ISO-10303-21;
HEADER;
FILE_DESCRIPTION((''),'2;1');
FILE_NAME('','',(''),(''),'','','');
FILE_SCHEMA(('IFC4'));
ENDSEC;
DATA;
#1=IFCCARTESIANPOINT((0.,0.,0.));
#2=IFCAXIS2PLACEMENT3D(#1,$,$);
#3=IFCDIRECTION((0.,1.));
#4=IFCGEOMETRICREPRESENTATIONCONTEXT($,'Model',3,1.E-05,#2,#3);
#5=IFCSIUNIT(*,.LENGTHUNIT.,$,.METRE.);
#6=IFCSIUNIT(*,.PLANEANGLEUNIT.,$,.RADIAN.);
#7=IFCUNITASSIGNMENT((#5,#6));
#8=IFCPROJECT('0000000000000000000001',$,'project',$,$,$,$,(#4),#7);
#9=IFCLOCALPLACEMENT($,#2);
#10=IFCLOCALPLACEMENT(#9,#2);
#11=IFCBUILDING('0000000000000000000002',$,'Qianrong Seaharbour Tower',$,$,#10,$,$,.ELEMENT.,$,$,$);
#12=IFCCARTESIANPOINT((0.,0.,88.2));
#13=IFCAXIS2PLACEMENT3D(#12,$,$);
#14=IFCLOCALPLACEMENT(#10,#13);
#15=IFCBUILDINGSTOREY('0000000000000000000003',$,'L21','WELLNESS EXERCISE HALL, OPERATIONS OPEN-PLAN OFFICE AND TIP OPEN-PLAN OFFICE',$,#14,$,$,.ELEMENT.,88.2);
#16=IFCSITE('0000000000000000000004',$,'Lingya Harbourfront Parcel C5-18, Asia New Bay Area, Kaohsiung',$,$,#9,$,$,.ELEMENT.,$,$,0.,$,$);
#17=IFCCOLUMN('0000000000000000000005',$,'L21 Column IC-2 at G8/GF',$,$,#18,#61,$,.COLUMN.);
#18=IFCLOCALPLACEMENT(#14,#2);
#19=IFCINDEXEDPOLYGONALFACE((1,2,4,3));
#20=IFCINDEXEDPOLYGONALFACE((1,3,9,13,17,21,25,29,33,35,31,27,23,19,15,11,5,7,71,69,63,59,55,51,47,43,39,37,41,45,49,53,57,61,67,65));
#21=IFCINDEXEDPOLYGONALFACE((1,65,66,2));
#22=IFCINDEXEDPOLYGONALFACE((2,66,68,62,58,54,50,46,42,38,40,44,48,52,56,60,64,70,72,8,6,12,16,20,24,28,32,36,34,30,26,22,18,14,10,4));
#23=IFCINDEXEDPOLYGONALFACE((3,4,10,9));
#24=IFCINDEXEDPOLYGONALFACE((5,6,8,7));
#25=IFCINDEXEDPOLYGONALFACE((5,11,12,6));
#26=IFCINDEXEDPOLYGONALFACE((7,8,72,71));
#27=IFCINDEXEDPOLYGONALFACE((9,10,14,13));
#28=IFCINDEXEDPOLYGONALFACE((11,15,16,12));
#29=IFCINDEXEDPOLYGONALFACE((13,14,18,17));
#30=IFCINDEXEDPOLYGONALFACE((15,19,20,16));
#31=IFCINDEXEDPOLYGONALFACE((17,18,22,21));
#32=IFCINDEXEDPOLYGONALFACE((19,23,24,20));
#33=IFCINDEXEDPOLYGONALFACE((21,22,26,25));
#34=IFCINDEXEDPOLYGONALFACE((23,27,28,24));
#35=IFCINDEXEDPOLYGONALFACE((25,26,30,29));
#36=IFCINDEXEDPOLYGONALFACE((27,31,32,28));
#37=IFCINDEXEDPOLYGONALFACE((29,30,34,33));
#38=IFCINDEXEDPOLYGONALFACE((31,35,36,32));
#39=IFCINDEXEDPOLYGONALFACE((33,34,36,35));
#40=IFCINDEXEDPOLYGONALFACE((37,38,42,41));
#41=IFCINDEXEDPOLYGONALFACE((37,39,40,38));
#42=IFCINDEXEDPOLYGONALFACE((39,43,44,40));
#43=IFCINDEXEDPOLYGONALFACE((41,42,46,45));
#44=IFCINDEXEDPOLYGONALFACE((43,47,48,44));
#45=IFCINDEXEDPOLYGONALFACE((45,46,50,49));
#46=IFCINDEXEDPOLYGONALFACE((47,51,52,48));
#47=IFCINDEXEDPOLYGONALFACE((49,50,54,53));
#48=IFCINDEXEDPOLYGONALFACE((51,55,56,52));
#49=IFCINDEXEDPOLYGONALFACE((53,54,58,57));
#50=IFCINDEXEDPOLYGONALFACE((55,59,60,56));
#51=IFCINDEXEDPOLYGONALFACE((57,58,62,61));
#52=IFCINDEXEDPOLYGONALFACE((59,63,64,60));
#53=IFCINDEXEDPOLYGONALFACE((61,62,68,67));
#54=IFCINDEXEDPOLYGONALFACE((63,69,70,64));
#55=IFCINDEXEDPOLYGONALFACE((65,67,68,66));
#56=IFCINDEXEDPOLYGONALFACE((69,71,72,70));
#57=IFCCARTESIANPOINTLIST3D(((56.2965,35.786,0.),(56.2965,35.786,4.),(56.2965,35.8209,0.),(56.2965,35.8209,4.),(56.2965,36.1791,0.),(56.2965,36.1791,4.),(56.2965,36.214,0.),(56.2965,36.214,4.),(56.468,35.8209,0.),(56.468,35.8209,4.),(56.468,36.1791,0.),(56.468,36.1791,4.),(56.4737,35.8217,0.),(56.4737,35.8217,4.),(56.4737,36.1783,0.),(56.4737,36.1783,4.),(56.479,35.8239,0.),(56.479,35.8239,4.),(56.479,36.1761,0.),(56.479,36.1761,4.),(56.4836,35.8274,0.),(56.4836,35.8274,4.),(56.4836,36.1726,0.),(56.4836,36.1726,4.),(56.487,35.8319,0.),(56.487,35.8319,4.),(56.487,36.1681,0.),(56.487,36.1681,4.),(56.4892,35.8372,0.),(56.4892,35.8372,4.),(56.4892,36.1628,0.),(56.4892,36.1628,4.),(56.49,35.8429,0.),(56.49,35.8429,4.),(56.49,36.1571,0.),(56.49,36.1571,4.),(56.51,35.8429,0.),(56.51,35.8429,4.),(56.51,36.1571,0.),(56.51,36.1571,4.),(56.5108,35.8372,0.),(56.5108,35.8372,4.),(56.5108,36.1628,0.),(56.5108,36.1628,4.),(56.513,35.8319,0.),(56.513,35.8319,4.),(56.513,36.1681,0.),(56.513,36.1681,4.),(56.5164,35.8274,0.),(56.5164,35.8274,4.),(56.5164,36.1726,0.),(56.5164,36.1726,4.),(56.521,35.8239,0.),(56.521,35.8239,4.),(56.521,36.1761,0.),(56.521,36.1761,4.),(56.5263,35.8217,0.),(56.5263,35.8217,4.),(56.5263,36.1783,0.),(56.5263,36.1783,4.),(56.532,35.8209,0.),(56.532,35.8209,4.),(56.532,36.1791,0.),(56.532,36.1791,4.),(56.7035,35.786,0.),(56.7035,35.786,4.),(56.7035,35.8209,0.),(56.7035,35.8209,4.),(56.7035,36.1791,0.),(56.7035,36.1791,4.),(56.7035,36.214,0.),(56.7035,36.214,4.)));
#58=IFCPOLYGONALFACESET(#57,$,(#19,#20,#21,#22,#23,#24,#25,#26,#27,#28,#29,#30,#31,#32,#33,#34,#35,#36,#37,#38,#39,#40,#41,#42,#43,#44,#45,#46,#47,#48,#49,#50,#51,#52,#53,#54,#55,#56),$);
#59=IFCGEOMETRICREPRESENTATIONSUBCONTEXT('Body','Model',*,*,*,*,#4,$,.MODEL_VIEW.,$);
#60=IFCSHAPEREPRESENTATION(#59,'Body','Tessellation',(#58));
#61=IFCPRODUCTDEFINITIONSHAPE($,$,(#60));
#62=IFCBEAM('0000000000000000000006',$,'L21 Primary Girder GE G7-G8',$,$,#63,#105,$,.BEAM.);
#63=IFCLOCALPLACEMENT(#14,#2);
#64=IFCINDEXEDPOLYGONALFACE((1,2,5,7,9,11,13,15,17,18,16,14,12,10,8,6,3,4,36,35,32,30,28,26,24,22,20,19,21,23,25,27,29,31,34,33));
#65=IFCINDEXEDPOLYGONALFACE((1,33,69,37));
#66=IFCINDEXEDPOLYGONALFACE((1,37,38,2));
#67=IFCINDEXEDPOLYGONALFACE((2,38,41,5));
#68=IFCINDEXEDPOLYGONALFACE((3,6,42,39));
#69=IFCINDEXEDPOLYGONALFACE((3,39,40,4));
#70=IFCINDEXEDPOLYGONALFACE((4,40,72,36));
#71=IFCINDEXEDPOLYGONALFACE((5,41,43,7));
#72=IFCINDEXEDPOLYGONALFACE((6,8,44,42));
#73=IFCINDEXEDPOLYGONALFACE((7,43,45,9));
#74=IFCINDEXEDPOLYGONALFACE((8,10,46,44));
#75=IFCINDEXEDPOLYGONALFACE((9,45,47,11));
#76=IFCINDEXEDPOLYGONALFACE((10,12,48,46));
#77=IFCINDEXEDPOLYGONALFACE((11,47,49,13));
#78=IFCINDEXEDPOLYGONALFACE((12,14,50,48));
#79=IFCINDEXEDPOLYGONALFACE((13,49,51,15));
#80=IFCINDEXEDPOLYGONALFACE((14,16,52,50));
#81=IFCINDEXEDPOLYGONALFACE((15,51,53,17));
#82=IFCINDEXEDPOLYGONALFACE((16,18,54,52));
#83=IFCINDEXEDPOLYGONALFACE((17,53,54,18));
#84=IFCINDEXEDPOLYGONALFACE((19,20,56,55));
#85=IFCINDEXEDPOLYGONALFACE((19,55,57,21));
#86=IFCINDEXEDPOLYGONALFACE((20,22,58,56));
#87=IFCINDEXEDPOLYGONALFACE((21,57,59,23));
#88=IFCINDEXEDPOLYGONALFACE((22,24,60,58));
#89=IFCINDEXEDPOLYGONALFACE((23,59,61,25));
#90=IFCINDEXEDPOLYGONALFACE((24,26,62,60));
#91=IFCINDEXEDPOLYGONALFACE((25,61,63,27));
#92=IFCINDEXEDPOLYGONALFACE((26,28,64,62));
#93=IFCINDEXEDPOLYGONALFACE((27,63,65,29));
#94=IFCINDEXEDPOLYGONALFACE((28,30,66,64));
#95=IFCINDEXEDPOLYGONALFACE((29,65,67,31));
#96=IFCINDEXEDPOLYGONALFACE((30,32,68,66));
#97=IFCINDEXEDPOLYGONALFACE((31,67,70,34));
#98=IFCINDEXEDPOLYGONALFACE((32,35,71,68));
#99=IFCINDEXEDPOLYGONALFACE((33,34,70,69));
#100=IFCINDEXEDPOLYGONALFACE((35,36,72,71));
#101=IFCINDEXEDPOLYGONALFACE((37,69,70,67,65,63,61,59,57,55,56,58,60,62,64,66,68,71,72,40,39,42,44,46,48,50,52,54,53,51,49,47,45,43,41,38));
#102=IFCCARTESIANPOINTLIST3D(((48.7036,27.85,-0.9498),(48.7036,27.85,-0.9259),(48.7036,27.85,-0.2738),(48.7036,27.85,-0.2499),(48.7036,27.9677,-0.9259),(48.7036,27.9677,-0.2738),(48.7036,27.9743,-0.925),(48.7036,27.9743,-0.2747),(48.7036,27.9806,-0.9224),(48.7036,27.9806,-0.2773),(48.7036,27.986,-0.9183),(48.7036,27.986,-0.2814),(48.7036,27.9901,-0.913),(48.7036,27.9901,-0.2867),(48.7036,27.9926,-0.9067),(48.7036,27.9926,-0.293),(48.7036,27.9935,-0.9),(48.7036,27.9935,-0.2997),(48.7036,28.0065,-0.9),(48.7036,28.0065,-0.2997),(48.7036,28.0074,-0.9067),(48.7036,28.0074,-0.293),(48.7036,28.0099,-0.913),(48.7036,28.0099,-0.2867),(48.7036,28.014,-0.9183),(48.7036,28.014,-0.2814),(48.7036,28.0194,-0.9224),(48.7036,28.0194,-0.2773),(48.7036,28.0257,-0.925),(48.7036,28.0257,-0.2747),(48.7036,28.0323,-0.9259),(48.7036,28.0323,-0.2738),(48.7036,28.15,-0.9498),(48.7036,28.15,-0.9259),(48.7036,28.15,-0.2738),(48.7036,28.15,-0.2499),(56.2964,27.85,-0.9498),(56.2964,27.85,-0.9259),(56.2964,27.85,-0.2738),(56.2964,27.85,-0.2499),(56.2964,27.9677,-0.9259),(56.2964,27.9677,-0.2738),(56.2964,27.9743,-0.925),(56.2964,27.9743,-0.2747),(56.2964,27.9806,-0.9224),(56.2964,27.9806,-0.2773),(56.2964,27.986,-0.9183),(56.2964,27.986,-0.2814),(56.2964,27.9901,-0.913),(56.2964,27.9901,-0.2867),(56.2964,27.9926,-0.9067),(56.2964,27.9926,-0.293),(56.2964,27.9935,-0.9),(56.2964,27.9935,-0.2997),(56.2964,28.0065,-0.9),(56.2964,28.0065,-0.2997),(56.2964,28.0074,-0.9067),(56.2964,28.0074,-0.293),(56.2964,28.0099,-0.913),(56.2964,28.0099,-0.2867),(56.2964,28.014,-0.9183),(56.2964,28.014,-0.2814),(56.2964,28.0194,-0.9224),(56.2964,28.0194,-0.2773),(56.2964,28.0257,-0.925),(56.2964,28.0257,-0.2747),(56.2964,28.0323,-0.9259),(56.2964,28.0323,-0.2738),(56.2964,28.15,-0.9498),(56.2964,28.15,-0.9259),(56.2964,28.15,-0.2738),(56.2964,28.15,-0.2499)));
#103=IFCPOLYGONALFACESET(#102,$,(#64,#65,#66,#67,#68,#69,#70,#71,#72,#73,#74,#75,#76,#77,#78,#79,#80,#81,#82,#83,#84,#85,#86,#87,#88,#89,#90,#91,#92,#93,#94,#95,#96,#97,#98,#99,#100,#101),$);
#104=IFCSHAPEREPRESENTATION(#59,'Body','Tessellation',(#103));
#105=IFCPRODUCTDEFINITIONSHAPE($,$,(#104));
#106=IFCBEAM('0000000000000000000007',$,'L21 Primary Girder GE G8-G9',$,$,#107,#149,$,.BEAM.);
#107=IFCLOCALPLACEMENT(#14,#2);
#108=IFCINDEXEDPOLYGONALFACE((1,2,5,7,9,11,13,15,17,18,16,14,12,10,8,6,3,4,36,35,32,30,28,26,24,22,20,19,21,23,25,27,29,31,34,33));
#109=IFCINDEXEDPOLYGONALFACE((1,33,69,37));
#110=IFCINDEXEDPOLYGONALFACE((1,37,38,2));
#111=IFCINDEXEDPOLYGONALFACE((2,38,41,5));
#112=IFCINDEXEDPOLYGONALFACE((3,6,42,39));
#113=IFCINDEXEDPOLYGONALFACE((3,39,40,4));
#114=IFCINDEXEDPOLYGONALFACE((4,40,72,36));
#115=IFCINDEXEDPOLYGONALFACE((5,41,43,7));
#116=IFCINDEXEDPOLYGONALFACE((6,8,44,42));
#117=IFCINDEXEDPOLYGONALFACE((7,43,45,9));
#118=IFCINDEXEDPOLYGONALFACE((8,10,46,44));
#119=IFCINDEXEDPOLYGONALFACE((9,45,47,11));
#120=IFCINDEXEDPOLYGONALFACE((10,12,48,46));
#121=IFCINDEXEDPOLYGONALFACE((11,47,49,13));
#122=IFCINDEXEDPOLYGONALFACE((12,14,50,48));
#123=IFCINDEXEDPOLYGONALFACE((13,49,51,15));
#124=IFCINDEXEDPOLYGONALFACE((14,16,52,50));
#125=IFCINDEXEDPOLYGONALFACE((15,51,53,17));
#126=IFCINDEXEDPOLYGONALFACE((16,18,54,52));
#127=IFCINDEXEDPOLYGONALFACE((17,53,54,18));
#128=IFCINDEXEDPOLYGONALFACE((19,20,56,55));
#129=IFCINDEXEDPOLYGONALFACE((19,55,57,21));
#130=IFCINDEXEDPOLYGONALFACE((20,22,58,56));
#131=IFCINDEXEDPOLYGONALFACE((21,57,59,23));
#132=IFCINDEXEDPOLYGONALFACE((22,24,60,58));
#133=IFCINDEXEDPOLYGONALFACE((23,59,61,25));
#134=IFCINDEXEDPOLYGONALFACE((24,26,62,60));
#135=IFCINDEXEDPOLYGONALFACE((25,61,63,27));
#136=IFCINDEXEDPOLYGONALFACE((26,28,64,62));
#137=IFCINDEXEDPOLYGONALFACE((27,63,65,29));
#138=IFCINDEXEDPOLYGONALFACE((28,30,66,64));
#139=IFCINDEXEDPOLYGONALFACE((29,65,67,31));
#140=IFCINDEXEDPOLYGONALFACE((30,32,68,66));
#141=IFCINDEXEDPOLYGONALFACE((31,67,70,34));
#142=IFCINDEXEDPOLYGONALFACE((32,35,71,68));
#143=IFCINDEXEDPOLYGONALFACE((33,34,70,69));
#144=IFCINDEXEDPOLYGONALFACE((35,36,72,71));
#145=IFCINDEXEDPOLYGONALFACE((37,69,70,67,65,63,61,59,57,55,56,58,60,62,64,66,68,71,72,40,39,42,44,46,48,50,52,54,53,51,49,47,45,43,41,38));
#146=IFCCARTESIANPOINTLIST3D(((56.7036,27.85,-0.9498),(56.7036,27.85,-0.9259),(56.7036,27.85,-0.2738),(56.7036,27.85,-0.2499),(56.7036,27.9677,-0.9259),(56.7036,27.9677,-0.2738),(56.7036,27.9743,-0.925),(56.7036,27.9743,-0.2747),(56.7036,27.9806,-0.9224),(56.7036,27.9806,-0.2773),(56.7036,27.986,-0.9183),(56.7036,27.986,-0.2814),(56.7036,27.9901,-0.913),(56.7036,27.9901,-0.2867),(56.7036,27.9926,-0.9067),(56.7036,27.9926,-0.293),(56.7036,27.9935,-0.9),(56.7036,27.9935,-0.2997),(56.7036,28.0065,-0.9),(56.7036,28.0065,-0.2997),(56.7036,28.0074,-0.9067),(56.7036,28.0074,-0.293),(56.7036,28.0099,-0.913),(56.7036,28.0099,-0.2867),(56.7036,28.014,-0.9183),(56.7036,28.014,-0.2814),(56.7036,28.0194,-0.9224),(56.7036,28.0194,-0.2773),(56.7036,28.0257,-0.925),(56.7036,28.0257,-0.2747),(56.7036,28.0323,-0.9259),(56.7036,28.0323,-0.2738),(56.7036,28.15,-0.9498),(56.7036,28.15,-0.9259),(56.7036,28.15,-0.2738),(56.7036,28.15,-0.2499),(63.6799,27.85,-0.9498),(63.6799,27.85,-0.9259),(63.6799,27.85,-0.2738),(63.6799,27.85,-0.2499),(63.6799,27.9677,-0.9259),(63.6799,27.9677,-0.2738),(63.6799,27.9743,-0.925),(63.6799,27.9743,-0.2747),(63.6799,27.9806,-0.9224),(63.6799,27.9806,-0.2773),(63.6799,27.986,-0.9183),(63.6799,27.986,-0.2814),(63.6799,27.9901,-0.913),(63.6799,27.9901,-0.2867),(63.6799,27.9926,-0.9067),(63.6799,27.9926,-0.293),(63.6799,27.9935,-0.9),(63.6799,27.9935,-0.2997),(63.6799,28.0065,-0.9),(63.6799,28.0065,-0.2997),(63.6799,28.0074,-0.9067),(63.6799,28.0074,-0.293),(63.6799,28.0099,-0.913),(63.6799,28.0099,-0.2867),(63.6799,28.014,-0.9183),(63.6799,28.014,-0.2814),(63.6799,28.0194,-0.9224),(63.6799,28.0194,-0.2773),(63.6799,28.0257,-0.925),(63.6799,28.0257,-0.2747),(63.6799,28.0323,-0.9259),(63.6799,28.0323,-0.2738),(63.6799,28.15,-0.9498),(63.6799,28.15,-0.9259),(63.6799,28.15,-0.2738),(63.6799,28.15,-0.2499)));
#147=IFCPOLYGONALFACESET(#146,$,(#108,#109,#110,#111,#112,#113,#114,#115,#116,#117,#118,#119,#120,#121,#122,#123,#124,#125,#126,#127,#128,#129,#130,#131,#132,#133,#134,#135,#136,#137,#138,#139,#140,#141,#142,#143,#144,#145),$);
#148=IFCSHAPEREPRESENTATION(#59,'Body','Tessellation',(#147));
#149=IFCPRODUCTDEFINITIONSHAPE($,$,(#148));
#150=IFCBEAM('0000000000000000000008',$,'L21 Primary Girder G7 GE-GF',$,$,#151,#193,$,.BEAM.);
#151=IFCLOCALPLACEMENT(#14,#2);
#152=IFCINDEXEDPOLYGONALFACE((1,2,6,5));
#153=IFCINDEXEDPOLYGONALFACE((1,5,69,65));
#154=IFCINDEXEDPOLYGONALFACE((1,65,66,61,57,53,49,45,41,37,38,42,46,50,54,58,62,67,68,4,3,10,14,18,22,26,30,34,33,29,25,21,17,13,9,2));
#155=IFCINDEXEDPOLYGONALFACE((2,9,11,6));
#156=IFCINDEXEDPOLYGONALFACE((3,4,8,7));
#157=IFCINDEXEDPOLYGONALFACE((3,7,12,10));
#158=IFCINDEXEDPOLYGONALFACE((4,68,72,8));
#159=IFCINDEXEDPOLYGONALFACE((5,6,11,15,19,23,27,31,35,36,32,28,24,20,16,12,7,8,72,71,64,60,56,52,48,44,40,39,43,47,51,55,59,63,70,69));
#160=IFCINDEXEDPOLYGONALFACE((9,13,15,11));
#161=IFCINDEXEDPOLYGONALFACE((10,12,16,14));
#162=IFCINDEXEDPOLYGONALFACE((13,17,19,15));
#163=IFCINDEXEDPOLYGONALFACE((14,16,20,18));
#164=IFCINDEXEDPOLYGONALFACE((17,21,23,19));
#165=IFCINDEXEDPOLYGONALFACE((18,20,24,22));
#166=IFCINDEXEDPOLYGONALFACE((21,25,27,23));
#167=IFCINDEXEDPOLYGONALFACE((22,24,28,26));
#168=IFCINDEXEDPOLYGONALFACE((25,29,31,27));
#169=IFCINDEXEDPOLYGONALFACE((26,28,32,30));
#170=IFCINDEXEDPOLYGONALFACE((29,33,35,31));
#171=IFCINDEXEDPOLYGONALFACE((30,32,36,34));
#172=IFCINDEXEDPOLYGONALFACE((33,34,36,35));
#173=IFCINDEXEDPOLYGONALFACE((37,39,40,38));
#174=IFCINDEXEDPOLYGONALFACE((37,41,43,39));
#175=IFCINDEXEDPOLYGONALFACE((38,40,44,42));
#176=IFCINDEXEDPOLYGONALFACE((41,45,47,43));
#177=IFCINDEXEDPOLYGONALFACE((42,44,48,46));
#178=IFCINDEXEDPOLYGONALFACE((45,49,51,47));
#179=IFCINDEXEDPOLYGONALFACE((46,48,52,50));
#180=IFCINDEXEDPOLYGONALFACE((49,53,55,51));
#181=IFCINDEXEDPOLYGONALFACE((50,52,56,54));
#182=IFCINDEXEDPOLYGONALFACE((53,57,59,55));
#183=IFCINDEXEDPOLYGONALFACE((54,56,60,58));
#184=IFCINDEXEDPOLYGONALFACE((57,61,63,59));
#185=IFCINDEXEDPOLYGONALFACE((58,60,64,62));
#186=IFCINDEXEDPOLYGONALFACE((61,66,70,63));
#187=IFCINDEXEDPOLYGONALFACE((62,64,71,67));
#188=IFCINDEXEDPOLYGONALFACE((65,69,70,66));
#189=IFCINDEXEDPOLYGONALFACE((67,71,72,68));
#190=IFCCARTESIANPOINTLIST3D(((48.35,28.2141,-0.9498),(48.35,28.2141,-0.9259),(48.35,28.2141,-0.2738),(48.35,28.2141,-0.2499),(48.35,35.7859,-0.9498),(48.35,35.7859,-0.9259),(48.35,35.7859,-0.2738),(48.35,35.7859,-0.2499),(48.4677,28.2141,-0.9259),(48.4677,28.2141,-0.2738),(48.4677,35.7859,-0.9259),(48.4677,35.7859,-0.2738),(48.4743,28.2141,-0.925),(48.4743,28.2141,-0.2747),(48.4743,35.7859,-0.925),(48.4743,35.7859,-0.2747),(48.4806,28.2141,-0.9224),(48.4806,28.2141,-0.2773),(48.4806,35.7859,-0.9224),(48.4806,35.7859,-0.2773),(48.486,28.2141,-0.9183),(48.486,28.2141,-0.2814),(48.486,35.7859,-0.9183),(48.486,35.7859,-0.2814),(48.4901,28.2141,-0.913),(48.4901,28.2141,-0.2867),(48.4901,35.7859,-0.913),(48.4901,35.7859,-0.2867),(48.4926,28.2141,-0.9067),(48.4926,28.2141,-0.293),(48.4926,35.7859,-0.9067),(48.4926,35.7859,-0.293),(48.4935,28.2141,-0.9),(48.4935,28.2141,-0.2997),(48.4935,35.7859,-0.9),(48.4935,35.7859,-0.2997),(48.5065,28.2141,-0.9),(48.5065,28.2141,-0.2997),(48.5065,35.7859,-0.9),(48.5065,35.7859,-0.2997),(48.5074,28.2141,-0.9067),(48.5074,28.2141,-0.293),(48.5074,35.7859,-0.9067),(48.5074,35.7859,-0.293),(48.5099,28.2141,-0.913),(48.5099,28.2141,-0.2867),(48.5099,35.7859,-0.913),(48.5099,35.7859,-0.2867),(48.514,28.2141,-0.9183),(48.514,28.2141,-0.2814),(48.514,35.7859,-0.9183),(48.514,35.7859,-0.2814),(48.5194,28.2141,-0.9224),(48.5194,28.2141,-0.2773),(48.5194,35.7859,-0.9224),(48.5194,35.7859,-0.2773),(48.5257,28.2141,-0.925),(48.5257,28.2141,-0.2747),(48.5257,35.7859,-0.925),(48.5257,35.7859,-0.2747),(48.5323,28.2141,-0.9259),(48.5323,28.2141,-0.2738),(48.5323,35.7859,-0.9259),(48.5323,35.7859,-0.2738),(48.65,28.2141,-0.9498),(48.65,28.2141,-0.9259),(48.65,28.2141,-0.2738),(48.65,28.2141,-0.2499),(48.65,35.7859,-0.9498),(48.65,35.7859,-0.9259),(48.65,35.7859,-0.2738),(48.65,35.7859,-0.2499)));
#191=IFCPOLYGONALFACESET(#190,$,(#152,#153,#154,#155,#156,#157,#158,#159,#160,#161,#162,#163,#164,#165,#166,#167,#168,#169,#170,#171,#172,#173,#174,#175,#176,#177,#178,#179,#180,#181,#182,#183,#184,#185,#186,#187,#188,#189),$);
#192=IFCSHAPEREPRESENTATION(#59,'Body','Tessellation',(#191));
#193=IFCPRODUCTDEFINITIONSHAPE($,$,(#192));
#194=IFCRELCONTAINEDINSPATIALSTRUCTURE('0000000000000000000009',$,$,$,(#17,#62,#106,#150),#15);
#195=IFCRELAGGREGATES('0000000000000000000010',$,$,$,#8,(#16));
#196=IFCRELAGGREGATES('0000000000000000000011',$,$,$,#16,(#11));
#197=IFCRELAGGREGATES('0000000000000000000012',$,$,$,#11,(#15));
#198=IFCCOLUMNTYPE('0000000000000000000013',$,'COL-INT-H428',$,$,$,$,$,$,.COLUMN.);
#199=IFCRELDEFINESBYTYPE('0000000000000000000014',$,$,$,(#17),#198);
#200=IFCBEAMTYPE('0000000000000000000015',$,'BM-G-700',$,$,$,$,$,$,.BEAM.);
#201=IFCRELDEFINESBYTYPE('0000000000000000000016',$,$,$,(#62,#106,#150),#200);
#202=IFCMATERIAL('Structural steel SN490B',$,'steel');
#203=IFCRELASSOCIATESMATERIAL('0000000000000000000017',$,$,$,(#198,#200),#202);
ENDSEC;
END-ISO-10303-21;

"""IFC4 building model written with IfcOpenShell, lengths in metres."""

from ifc_helpers import new_model, si_unit, direction, frame, origin, origin_2d, place, context, subcontext, project, spatial, i_section, extrude, material, material_profile, profile_set, type_object, element, save


model = new_model("IFC4")

# Units and contexts
model_context = context("Model", 3, precision=1e-05, world=origin(), true_north=direction((0.0, 1.0)))
body_context = subcontext(model_context, "Body", "Model", "MODEL_VIEW")
ifc_project = project(units=[si_unit("LENGTHUNIT", "METRE"), si_unit("PLANEANGLEUNIT", "RADIAN")], contexts=[model_context])

# Site, building, storey
site_placement = place(None, origin())
site = spatial("IfcSite", under=ifc_project, at=site_placement, Name="Lingya Harbourfront Parcel C5-18, Asia New Bay Area, Kaohsiung", CompositionType="ELEMENT", RefElevation=0.0)
building_placement = place(site_placement, origin())
building = spatial("IfcBuilding", under=site, at=building_placement, Name="Qianrong Seaharbour Tower", CompositionType="ELEMENT")
storey_placement = place(building_placement, frame((0.0, 0.0, 88.2)))
storey = spatial("IfcBuildingStorey", under=building, at=storey_placement, Name="L21", Description="WELLNESS EXERCISE HALL, OPERATIONS OPEN-PLAN OFFICE AND TIP OPEN-PLAN OFFICE", CompositionType="ELEMENT", Elevation=88.2)

# Column
ifc_material_1 = material(Name="Structural steel SN490B", Category="steel")
ifc_material_profile_1 = material_profile(ifc_material_1, i_section(OverallWidth=0.407, OverallDepth=0.428, WebThickness=0.02, FlangeThickness=0.0349, FilletRadius=0.022, at=origin_2d()), Name="H428x407x20x35")
ifc_profile_set_1 = profile_set([ifc_material_profile_1], Name="Structural steel SN490B")
column_type_1 = type_object("IfcColumnType", Name="COL-INT-H428", PredefinedType="COLUMN", material=ifc_profile_set_1)
for number, where, z_axis, x_axis, name in (
    (1, (56.5, 36.0, 0.0), (0.0, 0.0, 1.0), (1.0, 0.0, 0.0), "L21 Column IC-2 at G8/GF"),
):
    element("IfcColumn", number, at=place(storey_placement, frame(where, z_axis=z_axis, x_axis=x_axis)), inside=storey, type_object=column_type_1, Name=name, PredefinedType="COLUMN", context=body_context, shape_type="SweptSolid", body=[
        extrude(i_section(OverallWidth=0.407, OverallDepth=0.428, WebThickness=0.02, FlangeThickness=0.0349, FilletRadius=0.022, at=origin_2d()), origin(), (0.0, 0.0, 1.0), 4.0),
    ])

# Beams
ifc_material_profile_2 = material_profile(ifc_material_1, i_section(OverallWidth=0.3, OverallDepth=0.7, WebThickness=0.0129, FlangeThickness=0.0239, FilletRadius=0.0259, at=origin_2d()), Name="H700x300x13x24")
ifc_profile_set_2 = profile_set([ifc_material_profile_2], Name="Structural steel SN490B")
beam_type_1 = type_object("IfcBeamType", Name="BM-G-700", PredefinedType="BEAM", material=ifc_profile_set_2)
beam_1_placement = place(storey_placement, frame((48.7036, 28.0, -0.5999), z_axis=(1.0, 0.0, 0.0), x_axis=(0.0, 1.0, 0.0)))
element("IfcBeam", 2, at=beam_1_placement, inside=storey, type_object=beam_type_1, Name="L21 Primary Girder GE G7-G8", PredefinedType="BEAM", context=body_context, shape_type="SweptSolid", body=[
    extrude(i_section(OverallWidth=0.3, OverallDepth=0.7, WebThickness=0.0129, FlangeThickness=0.0239, FilletRadius=0.0259, at=origin_2d()), origin(), (0.0, 0.0, 1.0), 7.5928),
])
beam_2_placement = place(storey_placement, frame((56.7036, 28.0, -0.5999), z_axis=(1.0, 0.0, 0.0), x_axis=(0.0, 1.0, 0.0)))
element("IfcBeam", 3, at=beam_2_placement, inside=storey, type_object=beam_type_1, Name="L21 Primary Girder GE G8-G9", PredefinedType="BEAM", context=body_context, shape_type="SweptSolid", body=[
    extrude(i_section(OverallWidth=0.3, OverallDepth=0.7, WebThickness=0.0129, FlangeThickness=0.0239, FilletRadius=0.0259, at=origin_2d()), origin(), (0.0, 0.0, 1.0), 6.9763),
])
for number, where, z_axis, x_axis, name in (
    (4, (48.5, 28.2141, -0.5999), (0.0, 1.0, 0.0), (-1.0, 0.0, 0.0), "L21 Primary Girder G7 GE-GF"),
):
    element("IfcBeam", number, at=place(storey_placement, frame(where, z_axis=z_axis, x_axis=x_axis)), inside=storey, type_object=beam_type_1, Name=name, PredefinedType="BEAM", context=body_context, shape_type="SweptSolid", body=[
        extrude(i_section(OverallWidth=0.3, OverallDepth=0.7, WebThickness=0.0129, FlangeThickness=0.0239, FilletRadius=0.0259, at=origin_2d()), origin(), (0.0, 0.0, 1.0), 7.5718),
    ])

save(model, "model.ifc")
